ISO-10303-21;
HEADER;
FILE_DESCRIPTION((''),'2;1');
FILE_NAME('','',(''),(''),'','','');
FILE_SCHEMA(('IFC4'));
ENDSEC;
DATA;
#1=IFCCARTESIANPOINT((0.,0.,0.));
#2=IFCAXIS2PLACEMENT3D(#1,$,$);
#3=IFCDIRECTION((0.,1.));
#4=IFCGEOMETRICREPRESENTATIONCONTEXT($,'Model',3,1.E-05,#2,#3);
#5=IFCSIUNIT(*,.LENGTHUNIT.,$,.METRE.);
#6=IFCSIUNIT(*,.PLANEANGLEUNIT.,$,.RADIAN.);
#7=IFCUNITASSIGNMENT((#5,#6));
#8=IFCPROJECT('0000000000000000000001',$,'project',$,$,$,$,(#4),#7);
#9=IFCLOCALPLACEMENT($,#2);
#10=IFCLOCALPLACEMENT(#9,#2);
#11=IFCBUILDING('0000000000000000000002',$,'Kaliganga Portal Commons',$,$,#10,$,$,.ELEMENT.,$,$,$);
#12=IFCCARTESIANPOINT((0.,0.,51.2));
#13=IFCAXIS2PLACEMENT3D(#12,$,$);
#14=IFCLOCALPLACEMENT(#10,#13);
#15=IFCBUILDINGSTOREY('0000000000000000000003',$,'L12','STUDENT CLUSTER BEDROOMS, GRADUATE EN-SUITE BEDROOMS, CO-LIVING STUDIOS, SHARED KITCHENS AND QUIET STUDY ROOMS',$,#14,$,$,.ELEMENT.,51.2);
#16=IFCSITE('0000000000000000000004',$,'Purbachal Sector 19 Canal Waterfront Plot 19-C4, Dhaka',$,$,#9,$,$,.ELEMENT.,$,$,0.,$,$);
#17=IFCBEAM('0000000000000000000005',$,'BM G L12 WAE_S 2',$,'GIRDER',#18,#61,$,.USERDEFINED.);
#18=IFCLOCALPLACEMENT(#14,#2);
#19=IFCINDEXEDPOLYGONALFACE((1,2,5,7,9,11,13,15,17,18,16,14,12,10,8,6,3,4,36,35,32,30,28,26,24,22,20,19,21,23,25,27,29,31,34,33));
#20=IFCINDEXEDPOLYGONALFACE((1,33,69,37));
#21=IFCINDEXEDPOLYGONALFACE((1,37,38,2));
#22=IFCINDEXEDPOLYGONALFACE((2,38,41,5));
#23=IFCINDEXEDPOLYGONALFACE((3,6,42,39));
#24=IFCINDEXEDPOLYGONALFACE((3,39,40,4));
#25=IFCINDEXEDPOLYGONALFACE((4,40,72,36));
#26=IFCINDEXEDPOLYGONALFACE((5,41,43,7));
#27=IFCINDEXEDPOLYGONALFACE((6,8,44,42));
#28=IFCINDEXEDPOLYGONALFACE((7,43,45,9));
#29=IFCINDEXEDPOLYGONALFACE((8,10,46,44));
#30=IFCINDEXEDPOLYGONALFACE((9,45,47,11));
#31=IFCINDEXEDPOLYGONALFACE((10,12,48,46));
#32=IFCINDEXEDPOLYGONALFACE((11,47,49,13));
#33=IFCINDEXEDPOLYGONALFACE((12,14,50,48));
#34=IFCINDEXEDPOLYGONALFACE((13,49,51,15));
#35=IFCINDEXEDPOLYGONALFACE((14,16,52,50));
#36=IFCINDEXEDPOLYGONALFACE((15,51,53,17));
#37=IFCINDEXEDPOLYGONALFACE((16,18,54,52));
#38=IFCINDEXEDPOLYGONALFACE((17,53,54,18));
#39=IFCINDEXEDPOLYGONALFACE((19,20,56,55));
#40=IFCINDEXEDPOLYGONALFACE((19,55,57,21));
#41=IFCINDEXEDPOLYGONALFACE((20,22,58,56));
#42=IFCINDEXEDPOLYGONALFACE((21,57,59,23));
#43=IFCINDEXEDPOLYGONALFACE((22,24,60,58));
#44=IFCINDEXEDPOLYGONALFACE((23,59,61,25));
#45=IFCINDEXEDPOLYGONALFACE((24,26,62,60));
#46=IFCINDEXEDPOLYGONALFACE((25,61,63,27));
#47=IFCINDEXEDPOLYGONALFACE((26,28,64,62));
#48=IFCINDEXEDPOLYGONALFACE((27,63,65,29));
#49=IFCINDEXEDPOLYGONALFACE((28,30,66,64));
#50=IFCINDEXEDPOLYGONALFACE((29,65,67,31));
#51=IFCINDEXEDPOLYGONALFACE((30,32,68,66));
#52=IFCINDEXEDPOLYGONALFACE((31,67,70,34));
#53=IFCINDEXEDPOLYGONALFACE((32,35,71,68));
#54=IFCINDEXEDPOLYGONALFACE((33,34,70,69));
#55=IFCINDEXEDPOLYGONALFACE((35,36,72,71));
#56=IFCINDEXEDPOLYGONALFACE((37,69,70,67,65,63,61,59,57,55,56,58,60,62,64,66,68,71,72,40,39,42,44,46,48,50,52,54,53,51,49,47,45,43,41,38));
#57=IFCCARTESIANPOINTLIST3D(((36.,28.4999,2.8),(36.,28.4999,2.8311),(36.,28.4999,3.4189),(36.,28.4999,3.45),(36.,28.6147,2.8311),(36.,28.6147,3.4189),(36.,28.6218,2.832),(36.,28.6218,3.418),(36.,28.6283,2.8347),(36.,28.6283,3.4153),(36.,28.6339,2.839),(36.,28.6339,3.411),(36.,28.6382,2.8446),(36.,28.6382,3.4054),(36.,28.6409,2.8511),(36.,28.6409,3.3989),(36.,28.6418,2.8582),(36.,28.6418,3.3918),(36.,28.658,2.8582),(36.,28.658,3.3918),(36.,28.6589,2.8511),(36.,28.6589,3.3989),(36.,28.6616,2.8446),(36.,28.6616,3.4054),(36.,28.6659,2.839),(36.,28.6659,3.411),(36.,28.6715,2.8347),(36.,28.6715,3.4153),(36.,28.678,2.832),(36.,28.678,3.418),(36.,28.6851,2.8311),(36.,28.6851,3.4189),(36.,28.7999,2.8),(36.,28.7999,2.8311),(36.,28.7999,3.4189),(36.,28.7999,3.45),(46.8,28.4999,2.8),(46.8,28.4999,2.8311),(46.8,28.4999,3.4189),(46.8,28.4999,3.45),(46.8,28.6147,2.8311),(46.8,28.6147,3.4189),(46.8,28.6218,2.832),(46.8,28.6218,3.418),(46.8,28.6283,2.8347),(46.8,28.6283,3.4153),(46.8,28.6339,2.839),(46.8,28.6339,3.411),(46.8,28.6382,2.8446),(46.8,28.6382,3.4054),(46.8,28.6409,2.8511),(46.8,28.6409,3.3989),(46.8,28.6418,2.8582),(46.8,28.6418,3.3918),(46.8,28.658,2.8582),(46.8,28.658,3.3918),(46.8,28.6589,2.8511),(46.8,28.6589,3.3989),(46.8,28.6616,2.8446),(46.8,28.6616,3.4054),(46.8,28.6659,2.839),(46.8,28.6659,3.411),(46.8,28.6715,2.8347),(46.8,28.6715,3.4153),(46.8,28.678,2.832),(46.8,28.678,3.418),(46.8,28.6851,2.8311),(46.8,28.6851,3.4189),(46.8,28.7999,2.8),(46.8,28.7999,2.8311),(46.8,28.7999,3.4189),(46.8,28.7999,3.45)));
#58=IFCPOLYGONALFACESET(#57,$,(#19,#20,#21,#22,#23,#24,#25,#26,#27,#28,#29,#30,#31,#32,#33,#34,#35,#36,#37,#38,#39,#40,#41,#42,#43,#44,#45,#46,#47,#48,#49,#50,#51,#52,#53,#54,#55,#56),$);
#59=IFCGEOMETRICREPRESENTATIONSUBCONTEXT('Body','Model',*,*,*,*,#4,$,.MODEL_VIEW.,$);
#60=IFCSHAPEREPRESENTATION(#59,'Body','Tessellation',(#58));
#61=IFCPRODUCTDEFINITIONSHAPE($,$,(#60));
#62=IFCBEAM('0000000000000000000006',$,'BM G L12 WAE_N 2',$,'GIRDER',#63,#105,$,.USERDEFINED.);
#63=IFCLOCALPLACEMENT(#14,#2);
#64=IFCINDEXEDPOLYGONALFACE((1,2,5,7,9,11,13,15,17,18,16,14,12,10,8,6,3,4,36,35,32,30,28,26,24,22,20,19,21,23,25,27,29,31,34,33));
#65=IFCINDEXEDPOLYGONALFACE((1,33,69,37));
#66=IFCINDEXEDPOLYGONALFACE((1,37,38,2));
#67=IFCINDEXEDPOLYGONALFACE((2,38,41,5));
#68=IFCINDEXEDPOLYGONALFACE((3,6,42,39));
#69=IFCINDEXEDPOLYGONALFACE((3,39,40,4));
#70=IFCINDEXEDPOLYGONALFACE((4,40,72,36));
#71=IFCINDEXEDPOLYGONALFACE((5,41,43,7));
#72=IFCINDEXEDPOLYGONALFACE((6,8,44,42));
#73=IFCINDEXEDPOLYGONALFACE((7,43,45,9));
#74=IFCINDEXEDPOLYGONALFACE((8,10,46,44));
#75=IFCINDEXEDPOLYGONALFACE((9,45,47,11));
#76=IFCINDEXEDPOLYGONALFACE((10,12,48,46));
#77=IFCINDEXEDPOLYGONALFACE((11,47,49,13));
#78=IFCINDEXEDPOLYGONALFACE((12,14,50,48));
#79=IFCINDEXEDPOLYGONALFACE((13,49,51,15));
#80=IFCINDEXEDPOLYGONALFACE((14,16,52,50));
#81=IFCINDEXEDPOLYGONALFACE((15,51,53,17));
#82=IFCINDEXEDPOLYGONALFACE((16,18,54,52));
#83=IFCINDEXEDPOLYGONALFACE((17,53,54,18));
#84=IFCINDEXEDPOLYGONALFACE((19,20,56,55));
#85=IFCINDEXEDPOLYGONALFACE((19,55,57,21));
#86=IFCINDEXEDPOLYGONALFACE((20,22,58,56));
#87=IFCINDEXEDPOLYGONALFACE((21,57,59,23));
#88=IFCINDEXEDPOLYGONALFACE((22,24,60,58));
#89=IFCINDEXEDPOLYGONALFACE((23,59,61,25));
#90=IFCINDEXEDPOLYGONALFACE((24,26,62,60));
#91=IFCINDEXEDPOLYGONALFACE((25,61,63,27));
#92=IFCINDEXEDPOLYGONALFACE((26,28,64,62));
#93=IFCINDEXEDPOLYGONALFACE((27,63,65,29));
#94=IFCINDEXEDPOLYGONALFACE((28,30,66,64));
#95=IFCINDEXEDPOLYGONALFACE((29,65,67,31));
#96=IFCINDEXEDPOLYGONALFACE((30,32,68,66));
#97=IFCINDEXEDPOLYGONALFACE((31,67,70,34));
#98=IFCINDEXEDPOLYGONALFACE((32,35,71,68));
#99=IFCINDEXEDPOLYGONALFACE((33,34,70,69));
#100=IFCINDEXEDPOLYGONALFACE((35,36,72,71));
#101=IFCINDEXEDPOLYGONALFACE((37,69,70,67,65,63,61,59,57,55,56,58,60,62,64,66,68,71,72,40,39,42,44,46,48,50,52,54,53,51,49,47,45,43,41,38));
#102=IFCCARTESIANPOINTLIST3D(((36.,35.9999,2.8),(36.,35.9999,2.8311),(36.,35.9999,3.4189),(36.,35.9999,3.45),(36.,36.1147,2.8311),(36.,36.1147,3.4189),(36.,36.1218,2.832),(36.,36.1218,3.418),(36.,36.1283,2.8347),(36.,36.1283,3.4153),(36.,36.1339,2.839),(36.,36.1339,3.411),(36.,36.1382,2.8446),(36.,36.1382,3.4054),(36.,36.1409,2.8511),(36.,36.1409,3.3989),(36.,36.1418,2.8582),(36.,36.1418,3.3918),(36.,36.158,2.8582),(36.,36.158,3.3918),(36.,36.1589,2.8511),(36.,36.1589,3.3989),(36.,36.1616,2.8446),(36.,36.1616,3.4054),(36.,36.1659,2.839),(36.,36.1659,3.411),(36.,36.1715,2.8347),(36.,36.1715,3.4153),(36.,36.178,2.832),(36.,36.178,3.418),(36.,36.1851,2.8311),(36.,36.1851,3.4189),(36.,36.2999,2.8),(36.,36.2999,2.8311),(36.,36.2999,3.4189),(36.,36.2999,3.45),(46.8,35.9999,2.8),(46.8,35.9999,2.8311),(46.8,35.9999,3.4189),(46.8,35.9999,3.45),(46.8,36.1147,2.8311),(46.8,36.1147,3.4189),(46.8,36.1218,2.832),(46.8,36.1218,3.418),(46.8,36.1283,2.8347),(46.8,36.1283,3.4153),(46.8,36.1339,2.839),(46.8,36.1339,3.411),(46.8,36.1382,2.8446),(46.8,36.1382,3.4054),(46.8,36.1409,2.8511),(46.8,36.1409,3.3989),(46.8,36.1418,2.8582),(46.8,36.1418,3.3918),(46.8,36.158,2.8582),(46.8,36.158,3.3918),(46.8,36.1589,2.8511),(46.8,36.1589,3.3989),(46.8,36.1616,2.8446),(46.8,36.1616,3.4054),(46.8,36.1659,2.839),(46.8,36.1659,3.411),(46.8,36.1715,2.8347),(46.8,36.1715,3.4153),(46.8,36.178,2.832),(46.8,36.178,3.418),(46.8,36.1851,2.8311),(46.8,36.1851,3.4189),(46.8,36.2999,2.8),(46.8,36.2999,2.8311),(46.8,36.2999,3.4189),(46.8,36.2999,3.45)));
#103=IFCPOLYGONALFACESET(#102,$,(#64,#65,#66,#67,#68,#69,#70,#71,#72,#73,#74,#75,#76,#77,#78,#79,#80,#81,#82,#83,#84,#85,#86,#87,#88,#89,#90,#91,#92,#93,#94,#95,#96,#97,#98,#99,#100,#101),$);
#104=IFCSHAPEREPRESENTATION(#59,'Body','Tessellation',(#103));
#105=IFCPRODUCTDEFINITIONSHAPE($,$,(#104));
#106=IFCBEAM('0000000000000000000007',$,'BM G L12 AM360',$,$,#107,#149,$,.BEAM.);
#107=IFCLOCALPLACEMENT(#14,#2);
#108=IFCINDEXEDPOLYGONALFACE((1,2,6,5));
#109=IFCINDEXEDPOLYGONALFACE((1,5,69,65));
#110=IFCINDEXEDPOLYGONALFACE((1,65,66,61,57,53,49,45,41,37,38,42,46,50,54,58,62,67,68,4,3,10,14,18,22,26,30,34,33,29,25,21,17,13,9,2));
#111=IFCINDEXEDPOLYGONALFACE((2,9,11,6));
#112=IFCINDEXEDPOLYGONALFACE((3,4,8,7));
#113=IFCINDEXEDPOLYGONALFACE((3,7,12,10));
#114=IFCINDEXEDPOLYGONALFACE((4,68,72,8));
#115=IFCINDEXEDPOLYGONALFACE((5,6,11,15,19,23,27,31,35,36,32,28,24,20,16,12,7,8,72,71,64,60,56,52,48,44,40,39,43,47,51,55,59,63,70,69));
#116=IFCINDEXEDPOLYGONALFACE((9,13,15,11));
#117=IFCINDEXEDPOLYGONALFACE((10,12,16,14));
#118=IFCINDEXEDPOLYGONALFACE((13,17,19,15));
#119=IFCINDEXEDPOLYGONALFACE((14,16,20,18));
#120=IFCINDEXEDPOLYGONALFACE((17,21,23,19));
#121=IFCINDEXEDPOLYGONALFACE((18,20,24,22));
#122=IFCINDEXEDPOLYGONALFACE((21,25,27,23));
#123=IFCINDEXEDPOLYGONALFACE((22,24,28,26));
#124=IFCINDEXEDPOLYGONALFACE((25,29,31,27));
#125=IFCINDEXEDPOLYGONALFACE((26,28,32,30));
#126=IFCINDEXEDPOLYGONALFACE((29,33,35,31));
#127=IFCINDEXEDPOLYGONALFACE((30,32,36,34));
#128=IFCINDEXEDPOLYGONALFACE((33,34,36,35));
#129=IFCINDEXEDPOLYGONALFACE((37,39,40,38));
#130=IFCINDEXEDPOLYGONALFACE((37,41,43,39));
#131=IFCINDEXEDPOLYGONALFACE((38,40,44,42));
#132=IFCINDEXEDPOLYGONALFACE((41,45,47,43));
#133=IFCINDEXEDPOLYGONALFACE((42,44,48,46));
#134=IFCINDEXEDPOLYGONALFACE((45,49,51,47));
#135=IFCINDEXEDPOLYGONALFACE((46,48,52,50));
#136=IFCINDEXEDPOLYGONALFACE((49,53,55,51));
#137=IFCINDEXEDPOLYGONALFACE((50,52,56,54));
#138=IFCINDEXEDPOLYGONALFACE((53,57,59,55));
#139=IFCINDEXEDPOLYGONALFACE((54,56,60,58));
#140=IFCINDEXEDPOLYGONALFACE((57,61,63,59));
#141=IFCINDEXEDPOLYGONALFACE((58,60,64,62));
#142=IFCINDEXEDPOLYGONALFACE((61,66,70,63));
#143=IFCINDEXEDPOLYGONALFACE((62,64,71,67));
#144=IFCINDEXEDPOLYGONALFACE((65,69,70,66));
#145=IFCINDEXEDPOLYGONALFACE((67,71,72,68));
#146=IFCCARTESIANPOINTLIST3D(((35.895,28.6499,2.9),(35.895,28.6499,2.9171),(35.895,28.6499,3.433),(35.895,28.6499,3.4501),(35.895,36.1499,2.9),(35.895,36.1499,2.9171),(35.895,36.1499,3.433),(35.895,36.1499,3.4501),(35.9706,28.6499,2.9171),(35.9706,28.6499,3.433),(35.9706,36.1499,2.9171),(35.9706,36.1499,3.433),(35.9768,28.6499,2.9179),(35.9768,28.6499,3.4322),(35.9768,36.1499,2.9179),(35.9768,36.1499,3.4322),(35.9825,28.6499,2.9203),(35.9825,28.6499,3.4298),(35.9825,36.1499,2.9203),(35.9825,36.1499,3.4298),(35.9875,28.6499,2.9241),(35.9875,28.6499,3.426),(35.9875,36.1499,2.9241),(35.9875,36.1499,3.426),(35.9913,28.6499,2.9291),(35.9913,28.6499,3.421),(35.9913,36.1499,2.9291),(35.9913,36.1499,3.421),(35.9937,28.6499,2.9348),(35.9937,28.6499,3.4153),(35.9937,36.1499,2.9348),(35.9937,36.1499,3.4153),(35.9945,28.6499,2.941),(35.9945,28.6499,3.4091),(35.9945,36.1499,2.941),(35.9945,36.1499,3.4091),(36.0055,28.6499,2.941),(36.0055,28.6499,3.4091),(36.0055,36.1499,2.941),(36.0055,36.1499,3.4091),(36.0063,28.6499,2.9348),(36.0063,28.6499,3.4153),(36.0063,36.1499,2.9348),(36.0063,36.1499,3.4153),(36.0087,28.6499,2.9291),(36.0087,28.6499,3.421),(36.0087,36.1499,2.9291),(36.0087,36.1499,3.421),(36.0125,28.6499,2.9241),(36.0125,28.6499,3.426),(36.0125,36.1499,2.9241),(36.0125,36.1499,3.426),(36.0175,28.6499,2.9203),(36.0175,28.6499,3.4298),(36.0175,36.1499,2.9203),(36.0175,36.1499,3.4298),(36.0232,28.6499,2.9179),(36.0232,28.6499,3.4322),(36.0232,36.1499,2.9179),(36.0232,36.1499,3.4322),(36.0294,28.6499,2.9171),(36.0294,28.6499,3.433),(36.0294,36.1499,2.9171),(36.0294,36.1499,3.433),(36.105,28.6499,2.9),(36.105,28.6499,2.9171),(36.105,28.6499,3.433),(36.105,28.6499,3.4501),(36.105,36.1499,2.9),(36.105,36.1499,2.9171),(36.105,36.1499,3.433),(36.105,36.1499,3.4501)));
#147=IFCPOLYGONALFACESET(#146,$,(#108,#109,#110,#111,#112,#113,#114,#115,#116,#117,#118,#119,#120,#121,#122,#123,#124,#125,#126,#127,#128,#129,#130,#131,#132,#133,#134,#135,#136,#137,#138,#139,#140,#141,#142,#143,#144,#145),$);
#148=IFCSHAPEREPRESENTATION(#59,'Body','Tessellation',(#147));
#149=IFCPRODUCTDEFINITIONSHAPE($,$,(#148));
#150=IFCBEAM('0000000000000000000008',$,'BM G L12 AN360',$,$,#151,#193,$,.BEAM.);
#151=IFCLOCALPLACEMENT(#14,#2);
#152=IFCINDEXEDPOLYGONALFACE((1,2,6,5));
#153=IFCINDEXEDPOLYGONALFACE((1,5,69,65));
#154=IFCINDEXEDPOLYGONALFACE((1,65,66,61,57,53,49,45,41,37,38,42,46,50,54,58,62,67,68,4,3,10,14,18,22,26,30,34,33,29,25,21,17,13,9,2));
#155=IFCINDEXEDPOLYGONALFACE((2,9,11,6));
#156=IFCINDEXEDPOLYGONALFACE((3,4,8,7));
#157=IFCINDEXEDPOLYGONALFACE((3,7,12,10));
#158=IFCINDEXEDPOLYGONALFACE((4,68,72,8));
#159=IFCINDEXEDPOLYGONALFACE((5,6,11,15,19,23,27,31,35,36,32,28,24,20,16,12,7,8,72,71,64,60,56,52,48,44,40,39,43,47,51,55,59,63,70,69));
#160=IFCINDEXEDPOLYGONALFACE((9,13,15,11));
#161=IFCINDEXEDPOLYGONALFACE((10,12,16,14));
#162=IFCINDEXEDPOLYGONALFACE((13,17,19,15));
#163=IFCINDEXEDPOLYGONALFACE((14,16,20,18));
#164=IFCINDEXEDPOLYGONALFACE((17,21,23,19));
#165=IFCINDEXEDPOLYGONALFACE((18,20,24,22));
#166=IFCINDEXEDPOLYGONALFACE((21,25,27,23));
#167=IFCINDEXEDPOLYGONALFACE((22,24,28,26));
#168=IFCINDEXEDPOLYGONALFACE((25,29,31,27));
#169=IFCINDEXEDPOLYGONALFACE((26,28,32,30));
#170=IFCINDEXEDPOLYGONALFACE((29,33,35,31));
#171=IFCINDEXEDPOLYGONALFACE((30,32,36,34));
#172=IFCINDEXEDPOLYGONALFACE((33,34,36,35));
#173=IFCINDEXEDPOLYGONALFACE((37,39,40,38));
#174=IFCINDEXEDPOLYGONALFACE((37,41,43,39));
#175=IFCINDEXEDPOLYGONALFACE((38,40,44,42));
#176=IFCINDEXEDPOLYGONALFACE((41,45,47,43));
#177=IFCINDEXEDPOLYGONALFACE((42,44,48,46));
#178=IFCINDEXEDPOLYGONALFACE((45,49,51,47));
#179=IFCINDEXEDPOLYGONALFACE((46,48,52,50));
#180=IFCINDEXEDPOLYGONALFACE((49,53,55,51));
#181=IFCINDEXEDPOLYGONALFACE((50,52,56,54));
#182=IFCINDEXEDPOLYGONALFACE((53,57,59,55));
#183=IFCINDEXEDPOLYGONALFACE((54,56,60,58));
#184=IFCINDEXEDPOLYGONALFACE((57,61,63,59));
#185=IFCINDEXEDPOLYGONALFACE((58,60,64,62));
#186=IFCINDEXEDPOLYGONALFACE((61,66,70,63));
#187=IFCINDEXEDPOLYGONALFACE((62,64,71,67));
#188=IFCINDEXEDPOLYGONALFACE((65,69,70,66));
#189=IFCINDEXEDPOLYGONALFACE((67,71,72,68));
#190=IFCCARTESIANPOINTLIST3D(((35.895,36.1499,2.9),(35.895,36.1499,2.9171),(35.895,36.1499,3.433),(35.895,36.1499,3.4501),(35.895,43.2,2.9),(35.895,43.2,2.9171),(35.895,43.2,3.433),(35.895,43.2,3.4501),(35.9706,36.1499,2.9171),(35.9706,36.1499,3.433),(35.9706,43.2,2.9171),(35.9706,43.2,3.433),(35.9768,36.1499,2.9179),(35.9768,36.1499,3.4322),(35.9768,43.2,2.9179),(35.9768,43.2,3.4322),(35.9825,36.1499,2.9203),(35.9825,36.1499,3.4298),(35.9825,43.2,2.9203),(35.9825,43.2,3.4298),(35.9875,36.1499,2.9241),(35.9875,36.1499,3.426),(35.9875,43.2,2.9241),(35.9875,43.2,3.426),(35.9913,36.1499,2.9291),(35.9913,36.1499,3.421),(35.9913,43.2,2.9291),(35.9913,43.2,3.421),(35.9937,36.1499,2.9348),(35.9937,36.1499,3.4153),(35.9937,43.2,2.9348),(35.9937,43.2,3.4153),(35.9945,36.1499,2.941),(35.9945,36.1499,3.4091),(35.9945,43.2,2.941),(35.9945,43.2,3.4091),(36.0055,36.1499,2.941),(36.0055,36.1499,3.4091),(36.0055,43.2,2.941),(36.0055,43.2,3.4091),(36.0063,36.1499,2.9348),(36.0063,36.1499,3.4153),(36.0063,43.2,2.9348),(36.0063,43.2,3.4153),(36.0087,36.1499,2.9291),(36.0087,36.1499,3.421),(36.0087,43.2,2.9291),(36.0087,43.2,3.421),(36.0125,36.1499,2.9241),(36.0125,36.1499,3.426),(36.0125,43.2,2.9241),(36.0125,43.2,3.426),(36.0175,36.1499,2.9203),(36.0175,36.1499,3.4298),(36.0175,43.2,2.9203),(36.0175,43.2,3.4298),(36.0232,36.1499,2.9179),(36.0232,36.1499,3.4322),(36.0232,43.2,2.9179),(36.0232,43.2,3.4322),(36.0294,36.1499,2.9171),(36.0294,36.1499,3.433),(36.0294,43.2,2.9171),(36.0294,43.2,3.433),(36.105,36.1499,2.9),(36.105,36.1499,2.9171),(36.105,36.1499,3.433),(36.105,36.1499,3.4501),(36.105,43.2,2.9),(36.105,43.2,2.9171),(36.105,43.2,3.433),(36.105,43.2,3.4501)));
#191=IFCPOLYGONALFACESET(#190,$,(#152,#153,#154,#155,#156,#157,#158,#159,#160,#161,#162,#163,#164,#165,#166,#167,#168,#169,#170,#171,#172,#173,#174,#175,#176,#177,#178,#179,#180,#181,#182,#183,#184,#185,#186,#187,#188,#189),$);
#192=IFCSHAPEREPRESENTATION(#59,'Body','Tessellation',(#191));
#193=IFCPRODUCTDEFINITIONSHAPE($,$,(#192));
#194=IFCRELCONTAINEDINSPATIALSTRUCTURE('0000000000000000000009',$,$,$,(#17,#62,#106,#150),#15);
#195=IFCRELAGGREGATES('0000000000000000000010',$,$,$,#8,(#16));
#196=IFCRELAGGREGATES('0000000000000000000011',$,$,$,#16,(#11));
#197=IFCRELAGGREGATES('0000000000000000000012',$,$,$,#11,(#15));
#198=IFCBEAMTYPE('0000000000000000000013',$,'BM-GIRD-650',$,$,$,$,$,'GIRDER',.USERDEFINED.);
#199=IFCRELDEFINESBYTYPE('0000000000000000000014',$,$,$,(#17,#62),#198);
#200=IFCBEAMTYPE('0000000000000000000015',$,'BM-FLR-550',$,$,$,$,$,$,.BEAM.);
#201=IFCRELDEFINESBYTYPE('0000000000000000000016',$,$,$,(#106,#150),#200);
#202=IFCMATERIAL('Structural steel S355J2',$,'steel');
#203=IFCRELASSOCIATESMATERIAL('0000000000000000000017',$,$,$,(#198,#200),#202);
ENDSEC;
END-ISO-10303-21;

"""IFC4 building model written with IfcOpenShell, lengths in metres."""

from ifc_helpers import new_model, si_unit, direction, frame, origin, origin_2d, place, context, subcontext, project, spatial, i_section, extrude, source, transform, mapped, material, material_profile, profile_set, type_object, element, save


model = new_model("IFC4")

# Units and contexts
model_context = context("Model", 3, precision=1e-05, world=origin(), true_north=direction((0.0, 1.0)))
body_context = subcontext(model_context, "Body", "Model", "MODEL_VIEW")
ifc_project = project(units=[si_unit("LENGTHUNIT", "METRE"), si_unit("PLANEANGLEUNIT", "RADIAN")], contexts=[model_context])

# Site, building, storey
site_placement = place(None, origin())
site = spatial("IfcSite", under=ifc_project, at=site_placement, Name="Purbachal Sector 19 Canal Waterfront Plot 19-C4, Dhaka", CompositionType="ELEMENT", RefElevation=0.0)
building_placement = place(site_placement, origin())
building = spatial("IfcBuilding", under=site, at=building_placement, Name="Kaliganga Portal Commons", CompositionType="ELEMENT")
storey_placement = place(building_placement, frame((0.0, 0.0, 51.2)))
storey = spatial("IfcBuildingStorey", under=building, at=storey_placement, Name="L12", Description="STUDENT CLUSTER BEDROOMS, GRADUATE EN-SUITE BEDROOMS, CO-LIVING STUDIOS, SHARED KITCHENS AND QUIET STUDY ROOMS", CompositionType="ELEMENT", Elevation=51.2)

# Beams
ifc_material_1 = material(Name="Structural steel S355J2", Category="steel")
ifc_material_profile_1 = material_profile(ifc_material_1, i_section(OverallWidth=0.3, OverallDepth=0.6499, WebThickness=0.0161, FlangeThickness=0.031, FilletRadius=0.0271, at=origin_2d()), Name="HE 650 B")
ifc_profile_set_1 = profile_set([ifc_material_profile_1], Name="Structural steel S355J2 wide-flange")
beam_type_1 = type_object("IfcBeamType", Name="BM-GIRD-650", ElementType="GIRDER", PredefinedType="USERDEFINED", material=ifc_profile_set_1)
shared_shape_1 = source(origin(), body_context, "Body", "SweptSolid", [
    extrude(i_section(OverallWidth=0.3, OverallDepth=0.6499, WebThickness=0.0161, FlangeThickness=0.031, FilletRadius=0.0271, at=origin_2d()), origin(), (0.0, 0.0, 1.0), 10.8),
])
for number, where, z_axis, x_axis, name in (
    (1, (36.0, 28.6499, 3.125), (1.0, 0.0, 0.0), (0.0, 1.0, 0.0), "BM G L12 WAE_S 2"),
    (2, (36.0, 36.1499, 3.125), (1.0, 0.0, 0.0), (0.0, 1.0, 0.0), "BM G L12 WAE_N 2"),
):
    element("IfcBeam", number, at=place(storey_placement, frame(where, z_axis=z_axis, x_axis=x_axis)), inside=storey, type_object=beam_type_1, Name=name, ObjectType="GIRDER", PredefinedType="USERDEFINED", context=body_context, shape_type="MappedRepresentation", body=[
        mapped(shared_shape_1, transform((0.0, 0.0, 0.0), x_axis=(1.0, 0.0, 0.0), y_axis=(0.0, 1.0, 0.0), z_axis=(0.0, 0.0, 1.0), scale=1.0)),
    ])
ifc_material_profile_2 = material_profile(ifc_material_1, i_section(OverallWidth=0.21, OverallDepth=0.55, WebThickness=0.011, FlangeThickness=0.0171, FilletRadius=0.0239, at=origin_2d()), Name="IPE 550")
ifc_profile_set_2 = profile_set([ifc_material_profile_2], Name="Structural steel S355J2 wide-flange")
beam_type_2 = type_object("IfcBeamType", Name="BM-FLR-550", PredefinedType="BEAM", material=ifc_profile_set_2)
shared_shape_2 = source(origin(), body_context, "Body", "SweptSolid", [
    extrude(i_section(OverallWidth=0.21, OverallDepth=0.55, WebThickness=0.011, FlangeThickness=0.0171, FilletRadius=0.0239, at=origin_2d()), origin(), (0.0, 0.0, 1.0), 7.5),
])
beam_1_placement = place(storey_placement, frame((36.0, 28.6499, 3.175), z_axis=(0.0, 1.0, 0.0), x_axis=(-1.0, 0.0, 0.0)))
element("IfcBeam", 3, at=beam_1_placement, inside=storey, type_object=beam_type_2, Name="BM G L12 AM360", PredefinedType="BEAM", context=body_context, shape_type="MappedRepresentation", body=[
    mapped(shared_shape_2, transform((0.0, 0.0, 0.0), x_axis=(1.0, 0.0, 0.0), y_axis=(0.0, 1.0, 0.0), z_axis=(0.0, 0.0, 1.0), scale=1.0)),
])
shared_shape_3 = source(origin(), body_context, "Body", "SweptSolid", [
    extrude(i_section(OverallWidth=0.21, OverallDepth=0.55, WebThickness=0.011, FlangeThickness=0.0171, FilletRadius=0.0239, at=origin_2d()), origin(), (0.0, 0.0, 1.0), 7.05),
])
beam_2_placement = place(storey_placement, frame((36.0, 36.1499, 3.175), z_axis=(0.0, 1.0, 0.0), x_axis=(-1.0, 0.0, 0.0)))
element("IfcBeam", 4, at=beam_2_placement, inside=storey, type_object=beam_type_2, Name="BM G L12 AN360", PredefinedType="BEAM", context=body_context, shape_type="MappedRepresentation", body=[
    mapped(shared_shape_3, transform((0.0, 0.0, 0.0), x_axis=(1.0, 0.0, 0.0), y_axis=(0.0, 1.0, 0.0), z_axis=(0.0, 0.0, 1.0), scale=1.0)),
])

save(model, "model.ifc")
